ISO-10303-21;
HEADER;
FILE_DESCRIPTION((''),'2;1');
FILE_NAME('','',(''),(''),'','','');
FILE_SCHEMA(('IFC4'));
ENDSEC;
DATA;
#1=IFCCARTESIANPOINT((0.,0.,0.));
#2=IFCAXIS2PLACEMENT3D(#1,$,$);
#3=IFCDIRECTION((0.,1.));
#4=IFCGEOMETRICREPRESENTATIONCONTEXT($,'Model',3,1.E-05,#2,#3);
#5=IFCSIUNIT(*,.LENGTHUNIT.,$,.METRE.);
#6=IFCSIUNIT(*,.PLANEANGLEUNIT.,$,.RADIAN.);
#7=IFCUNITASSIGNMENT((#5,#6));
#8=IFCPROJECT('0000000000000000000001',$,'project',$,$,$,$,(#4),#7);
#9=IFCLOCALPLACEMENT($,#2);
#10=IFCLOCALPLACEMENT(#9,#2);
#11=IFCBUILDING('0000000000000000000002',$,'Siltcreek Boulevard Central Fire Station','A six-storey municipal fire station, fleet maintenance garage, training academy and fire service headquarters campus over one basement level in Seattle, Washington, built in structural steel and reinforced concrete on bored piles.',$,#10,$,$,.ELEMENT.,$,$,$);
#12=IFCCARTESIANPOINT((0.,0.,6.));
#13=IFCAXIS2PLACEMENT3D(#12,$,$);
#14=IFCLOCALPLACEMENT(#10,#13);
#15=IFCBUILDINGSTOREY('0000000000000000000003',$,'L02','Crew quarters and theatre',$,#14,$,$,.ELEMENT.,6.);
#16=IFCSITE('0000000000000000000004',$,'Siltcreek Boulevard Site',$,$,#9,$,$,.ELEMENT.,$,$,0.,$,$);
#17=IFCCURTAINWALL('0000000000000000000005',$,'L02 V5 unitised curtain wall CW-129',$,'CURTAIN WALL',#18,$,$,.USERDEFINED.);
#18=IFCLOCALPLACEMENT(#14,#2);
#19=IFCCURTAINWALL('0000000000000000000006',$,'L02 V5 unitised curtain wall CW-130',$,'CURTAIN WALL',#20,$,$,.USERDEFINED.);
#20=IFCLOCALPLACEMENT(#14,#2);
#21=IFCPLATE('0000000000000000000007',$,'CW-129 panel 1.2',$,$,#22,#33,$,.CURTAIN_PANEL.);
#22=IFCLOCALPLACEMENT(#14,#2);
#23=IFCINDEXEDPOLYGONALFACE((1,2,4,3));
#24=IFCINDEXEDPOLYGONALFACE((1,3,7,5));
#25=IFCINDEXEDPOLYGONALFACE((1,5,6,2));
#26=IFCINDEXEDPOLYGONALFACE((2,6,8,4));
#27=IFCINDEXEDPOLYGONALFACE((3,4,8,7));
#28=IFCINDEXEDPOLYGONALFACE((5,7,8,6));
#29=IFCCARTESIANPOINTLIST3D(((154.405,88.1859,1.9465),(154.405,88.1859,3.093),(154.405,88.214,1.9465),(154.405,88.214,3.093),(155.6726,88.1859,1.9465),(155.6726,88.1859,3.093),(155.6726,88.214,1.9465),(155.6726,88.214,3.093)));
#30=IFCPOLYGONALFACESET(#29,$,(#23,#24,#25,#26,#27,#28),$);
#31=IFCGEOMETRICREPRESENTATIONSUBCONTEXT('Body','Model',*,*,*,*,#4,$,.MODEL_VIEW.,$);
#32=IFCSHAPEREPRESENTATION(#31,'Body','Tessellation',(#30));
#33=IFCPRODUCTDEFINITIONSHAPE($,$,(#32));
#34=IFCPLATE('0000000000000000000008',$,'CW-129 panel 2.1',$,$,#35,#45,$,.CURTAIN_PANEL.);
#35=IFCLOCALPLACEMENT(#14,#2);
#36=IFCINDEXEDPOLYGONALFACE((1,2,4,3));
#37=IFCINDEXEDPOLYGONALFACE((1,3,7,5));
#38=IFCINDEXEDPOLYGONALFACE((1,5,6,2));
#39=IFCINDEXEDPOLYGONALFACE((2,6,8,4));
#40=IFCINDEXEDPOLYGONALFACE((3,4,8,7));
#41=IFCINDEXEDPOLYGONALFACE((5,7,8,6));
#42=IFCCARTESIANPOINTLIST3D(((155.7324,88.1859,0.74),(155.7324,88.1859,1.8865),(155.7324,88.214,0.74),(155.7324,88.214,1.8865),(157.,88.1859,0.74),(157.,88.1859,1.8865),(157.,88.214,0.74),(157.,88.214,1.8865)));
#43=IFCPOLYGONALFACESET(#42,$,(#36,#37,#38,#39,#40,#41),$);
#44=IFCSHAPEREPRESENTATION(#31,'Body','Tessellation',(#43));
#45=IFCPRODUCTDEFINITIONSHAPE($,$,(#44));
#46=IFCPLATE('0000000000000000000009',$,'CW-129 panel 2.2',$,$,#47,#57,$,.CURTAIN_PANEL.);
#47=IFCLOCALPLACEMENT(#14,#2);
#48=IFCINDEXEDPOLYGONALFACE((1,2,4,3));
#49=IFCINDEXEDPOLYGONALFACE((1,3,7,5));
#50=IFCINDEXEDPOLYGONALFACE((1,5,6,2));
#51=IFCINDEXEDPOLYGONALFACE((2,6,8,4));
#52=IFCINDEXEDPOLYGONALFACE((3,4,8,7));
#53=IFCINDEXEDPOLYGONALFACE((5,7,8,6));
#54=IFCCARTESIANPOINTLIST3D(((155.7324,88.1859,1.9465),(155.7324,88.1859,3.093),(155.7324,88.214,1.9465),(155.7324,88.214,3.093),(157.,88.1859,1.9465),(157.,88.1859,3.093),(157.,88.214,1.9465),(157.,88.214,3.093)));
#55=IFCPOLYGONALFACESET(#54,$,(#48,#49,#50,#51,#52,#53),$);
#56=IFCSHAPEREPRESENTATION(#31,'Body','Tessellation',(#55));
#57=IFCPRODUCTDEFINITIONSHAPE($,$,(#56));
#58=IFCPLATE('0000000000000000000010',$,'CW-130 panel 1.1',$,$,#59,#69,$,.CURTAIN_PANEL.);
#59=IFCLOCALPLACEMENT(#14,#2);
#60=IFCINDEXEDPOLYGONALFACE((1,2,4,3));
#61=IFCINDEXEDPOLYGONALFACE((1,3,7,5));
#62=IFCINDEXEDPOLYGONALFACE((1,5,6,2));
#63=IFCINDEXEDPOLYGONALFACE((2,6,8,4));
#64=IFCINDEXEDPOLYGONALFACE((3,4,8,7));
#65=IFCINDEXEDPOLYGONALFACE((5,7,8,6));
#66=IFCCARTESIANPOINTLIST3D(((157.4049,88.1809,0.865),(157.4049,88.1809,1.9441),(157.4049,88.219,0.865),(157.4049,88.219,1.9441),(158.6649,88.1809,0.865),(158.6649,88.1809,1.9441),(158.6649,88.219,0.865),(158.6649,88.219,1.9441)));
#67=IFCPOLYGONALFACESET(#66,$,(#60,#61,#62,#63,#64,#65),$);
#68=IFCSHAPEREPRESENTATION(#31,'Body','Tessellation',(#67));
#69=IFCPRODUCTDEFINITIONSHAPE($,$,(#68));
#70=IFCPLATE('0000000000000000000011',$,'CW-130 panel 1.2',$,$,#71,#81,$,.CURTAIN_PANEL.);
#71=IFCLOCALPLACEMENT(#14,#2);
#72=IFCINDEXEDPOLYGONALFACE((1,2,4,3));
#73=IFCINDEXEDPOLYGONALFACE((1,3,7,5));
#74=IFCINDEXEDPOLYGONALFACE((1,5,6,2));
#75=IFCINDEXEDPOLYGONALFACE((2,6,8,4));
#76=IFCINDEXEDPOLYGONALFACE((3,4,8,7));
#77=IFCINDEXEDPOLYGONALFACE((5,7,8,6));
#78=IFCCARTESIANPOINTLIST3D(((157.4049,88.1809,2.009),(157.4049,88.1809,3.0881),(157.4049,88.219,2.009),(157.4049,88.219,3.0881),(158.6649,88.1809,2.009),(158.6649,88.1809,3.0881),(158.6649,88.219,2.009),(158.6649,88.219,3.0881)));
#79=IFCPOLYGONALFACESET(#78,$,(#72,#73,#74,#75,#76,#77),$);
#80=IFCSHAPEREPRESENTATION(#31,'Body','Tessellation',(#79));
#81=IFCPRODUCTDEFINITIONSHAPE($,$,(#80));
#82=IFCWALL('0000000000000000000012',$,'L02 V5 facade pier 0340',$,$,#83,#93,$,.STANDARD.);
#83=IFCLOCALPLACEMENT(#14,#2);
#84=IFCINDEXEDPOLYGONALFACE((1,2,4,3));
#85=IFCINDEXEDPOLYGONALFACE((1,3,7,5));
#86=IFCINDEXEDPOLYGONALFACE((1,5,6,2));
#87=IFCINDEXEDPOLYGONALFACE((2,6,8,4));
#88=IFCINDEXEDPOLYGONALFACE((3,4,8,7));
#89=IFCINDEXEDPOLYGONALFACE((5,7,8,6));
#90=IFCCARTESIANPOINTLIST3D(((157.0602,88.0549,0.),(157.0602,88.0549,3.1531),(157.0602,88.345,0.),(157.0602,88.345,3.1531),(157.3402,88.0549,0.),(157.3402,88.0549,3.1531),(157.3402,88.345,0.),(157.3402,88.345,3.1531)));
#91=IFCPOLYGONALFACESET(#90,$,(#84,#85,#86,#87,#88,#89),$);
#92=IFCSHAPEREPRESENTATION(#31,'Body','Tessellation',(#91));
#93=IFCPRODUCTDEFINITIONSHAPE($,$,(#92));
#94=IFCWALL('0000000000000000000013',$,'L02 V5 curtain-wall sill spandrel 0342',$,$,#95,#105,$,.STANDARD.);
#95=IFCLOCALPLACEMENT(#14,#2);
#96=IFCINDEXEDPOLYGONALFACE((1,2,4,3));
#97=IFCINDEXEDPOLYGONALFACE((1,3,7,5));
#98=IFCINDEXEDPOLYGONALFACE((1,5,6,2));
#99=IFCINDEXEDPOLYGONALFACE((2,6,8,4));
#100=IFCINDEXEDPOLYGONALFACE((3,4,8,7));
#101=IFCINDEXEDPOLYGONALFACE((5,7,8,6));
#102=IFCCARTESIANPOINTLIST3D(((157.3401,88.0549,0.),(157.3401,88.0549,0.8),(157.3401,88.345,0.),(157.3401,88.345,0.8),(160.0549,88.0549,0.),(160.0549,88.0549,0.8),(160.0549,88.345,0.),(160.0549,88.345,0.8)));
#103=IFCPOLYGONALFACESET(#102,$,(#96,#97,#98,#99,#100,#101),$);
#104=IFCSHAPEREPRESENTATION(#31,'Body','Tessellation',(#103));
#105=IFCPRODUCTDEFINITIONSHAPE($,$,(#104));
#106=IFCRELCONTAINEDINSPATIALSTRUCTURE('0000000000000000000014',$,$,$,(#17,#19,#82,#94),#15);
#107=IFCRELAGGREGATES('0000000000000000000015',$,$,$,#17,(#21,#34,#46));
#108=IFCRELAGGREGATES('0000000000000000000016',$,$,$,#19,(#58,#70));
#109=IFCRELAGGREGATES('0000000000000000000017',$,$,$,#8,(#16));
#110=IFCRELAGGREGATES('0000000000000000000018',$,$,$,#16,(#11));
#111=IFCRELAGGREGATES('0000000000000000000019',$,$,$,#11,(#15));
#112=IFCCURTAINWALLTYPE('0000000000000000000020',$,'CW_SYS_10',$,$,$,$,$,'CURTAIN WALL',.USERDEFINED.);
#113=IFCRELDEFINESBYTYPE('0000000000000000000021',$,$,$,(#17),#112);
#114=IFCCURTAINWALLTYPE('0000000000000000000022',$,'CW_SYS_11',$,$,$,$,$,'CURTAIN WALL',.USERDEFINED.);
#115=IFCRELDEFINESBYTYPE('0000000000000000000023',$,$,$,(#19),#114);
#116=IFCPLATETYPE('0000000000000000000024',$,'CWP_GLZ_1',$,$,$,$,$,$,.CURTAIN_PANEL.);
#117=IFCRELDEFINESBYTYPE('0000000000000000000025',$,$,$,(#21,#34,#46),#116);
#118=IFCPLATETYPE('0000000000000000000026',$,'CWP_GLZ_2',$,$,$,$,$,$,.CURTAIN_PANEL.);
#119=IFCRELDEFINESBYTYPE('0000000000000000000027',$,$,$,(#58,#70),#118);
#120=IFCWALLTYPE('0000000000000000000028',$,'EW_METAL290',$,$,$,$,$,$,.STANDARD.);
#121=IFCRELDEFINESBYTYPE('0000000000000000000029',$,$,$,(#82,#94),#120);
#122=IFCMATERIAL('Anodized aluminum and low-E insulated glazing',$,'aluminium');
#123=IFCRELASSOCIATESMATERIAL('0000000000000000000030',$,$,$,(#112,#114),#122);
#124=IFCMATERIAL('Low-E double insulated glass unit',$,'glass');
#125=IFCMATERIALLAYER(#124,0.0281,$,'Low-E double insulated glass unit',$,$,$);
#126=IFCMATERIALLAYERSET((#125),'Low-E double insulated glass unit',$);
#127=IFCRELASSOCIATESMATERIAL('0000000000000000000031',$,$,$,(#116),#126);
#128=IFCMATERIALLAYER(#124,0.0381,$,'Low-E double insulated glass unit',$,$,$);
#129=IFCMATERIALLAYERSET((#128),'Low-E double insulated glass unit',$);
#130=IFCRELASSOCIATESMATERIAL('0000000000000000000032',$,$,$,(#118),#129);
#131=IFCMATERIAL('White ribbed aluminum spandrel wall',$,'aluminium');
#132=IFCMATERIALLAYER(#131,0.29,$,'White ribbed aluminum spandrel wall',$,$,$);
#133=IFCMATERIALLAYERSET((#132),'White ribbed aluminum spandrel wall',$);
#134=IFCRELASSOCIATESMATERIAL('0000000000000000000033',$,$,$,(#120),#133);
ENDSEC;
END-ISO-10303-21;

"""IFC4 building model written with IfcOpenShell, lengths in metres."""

from ifc_helpers import new_model, si_unit, direction, frame, frame_2d, origin, origin_2d, place, context, subcontext, project, spatial, rectangle, extrude, material, layer, layer_set, type_object, element, aggregate, save


model = new_model("IFC4")

# Units and contexts
model_context = context("Model", 3, precision=1e-05, world=origin(), true_north=direction((0.0, 1.0)))
body_context = subcontext(model_context, "Body", "Model", "MODEL_VIEW")
ifc_project = project(units=[si_unit("LENGTHUNIT", "METRE"), si_unit("PLANEANGLEUNIT", "RADIAN")], contexts=[model_context])

# Site, building, storey
site_placement = place(None, origin())
site = spatial("IfcSite", under=ifc_project, at=site_placement, Name="Siltcreek Boulevard Site", CompositionType="ELEMENT", RefElevation=0.0)
building_placement = place(site_placement, origin())
building = spatial("IfcBuilding", under=site, at=building_placement, Name="Siltcreek Boulevard Central Fire Station", Description="A six-storey municipal fire station, fleet maintenance garage, training academy and fire service headquarters campus over one basement level in Seattle, Washington, built in structural steel and reinforced concrete on bored piles.", CompositionType="ELEMENT")
storey_placement = place(building_placement, frame((0.0, 0.0, 6.0)))
storey = spatial("IfcBuildingStorey", under=building, at=storey_placement, Name="L02", Description="Crew quarters and theatre", CompositionType="ELEMENT", Elevation=6.0)

# Curtain wall
ifc_material_1 = material(Name="Anodized aluminum and low-E insulated glazing", Category="aluminium")
curtain_wall_type_1 = type_object("IfcCurtainWallType", Name="CW_SYS_10", ElementType="CURTAIN WALL", PredefinedType="USERDEFINED", material=ifc_material_1)
curtain_wall_1_placement = place(storey_placement, origin())
curtain_wall_1 = element("IfcCurtainWall", 1, at=curtain_wall_1_placement, inside=storey, type_object=curtain_wall_type_1, Name="L02 V5 unitised curtain wall CW-129", ObjectType="CURTAIN WALL", PredefinedType="USERDEFINED")

# Curtain wall
curtain_wall_type_2 = type_object("IfcCurtainWallType", Name="CW_SYS_11", ElementType="CURTAIN WALL", PredefinedType="USERDEFINED", material=ifc_material_1)
curtain_wall_2_placement = place(storey_placement, origin())
curtain_wall_2 = element("IfcCurtainWall", 2, at=curtain_wall_2_placement, inside=storey, type_object=curtain_wall_type_2, Name="L02 V5 unitised curtain wall CW-130", ObjectType="CURTAIN WALL", PredefinedType="USERDEFINED")

# Plates
ifc_material_2 = material(Name="Low-E double insulated glass unit", Category="glass")
ifc_layer_1 = layer(ifc_material_2, 0.0281, Name="Low-E double insulated glass unit")
ifc_layer_set_1 = layer_set([ifc_layer_1], Name="Low-E double insulated glass unit")
plate_type_1 = type_object("IfcPlateType", Name="CWP_GLZ_1", PredefinedType="CURTAIN_PANEL", material=ifc_layer_set_1)
plate_1_placement = place(storey_placement, frame((155.0388, 88.2, 1.9465), z_axis=(0.0, 0.0, 1.0), x_axis=(1.0, 0.0, 0.0)))
plate_1 = element("IfcPlate", 3, at=plate_1_placement, type_object=plate_type_1, Name="CW-129 panel 1.2", PredefinedType="CURTAIN_PANEL", context=body_context, shape_type="SweptSolid", body=[
    extrude(rectangle(XDim=1.2676, YDim=0.0281, at=origin_2d()), origin(), (0.0, 0.0, 1.0), 1.1465),
])
plate_2_placement = place(storey_placement, frame((156.3662, 88.2, 0.74), z_axis=(0.0, 0.0, 1.0), x_axis=(1.0, 0.0, 0.0)))
plate_2 = element("IfcPlate", 4, at=plate_2_placement, type_object=plate_type_1, Name="CW-129 panel 2.1", PredefinedType="CURTAIN_PANEL", context=body_context, shape_type="SweptSolid", body=[
    extrude(rectangle(XDim=1.2676, YDim=0.0281, at=origin_2d()), origin(), (0.0, 0.0, 1.0), 1.1465),
])
plate_3_placement = place(storey_placement, frame((156.3662, 88.2, 1.9465), z_axis=(0.0, 0.0, 1.0), x_axis=(1.0, 0.0, 0.0)))
plate_3 = element("IfcPlate", 5, at=plate_3_placement, type_object=plate_type_1, Name="CW-129 panel 2.2", PredefinedType="CURTAIN_PANEL", context=body_context, shape_type="SweptSolid", body=[
    extrude(rectangle(XDim=1.2676, YDim=0.0281, at=origin_2d()), origin(), (0.0, 0.0, 1.0), 1.1465),
])
aggregate(curtain_wall_1, [plate_1, plate_2, plate_3])
ifc_layer_2 = layer(ifc_material_2, 0.0381, Name="Low-E double insulated glass unit")
ifc_layer_set_2 = layer_set([ifc_layer_2], Name="Low-E double insulated glass unit")
plate_type_2 = type_object("IfcPlateType", Name="CWP_GLZ_2", PredefinedType="CURTAIN_PANEL", material=ifc_layer_set_2)
plate_4_placement = place(storey_placement, frame((158.0349, 88.2, 0.865), z_axis=(0.0, 0.0, 1.0), x_axis=(1.0, 0.0, 0.0)))
plate_4 = element("IfcPlate", 6, at=plate_4_placement, type_object=plate_type_2, Name="CW-130 panel 1.1", PredefinedType="CURTAIN_PANEL", context=body_context, shape_type="SweptSolid", body=[
    extrude(rectangle(XDim=1.26, YDim=0.0381, at=origin_2d()), origin(), (0.0, 0.0, 1.0), 1.0791),
])
plate_5_placement = place(storey_placement, frame((158.0349, 88.2, 2.009), z_axis=(0.0, 0.0, 1.0), x_axis=(1.0, 0.0, 0.0)))
plate_5 = element("IfcPlate", 7, at=plate_5_placement, type_object=plate_type_2, Name="CW-130 panel 1.2", PredefinedType="CURTAIN_PANEL", context=body_context, shape_type="SweptSolid", body=[
    extrude(rectangle(XDim=1.26, YDim=0.0381, at=origin_2d()), origin(), (0.0, 0.0, 1.0), 1.0791),
])
aggregate(curtain_wall_2, [plate_4, plate_5])

# Walls
ifc_material_3 = material(Name="White ribbed aluminum spandrel wall", Category="aluminium")
ifc_layer_3 = layer(ifc_material_3, 0.29, Name="White ribbed aluminum spandrel wall")
ifc_layer_set_3 = layer_set([ifc_layer_3], Name="White ribbed aluminum spandrel wall")
wall_type = type_object("IfcWallType", Name="EW_METAL290", PredefinedType="STANDARD", material=ifc_layer_set_3)
wall_1_placement = place(storey_placement, frame((157.0601, 88.2, 0.0), z_axis=(0.0, 0.0, 1.0), x_axis=(1.0, 0.0, 0.0)))
element("IfcWall", 8, at=wall_1_placement, inside=storey, type_object=wall_type, Name="L02 V5 facade pier 0340", PredefinedType="STANDARD", context=body_context, shape_type="SweptSolid", body=[
    extrude(rectangle(XDim=0.28, YDim=0.29, at=frame_2d((0.1401, 0.0))), origin(), (0.0, 0.0, 1.0), 3.1531),
])
wall_2_placement = place(storey_placement, frame((157.3401, 88.2, 0.0), z_axis=(0.0, 0.0, 1.0), x_axis=(1.0, 0.0, 0.0)))
element("IfcWall", 9, at=wall_2_placement, inside=storey, type_object=wall_type, Name="L02 V5 curtain-wall sill spandrel 0342", PredefinedType="STANDARD", context=body_context, shape_type="SweptSolid", body=[
    extrude(rectangle(XDim=2.7148, YDim=0.29, at=frame_2d((1.3574, 0.0))), origin(), (0.0, 0.0, 1.0), 0.8),
])

save(model, "model.ifc")
